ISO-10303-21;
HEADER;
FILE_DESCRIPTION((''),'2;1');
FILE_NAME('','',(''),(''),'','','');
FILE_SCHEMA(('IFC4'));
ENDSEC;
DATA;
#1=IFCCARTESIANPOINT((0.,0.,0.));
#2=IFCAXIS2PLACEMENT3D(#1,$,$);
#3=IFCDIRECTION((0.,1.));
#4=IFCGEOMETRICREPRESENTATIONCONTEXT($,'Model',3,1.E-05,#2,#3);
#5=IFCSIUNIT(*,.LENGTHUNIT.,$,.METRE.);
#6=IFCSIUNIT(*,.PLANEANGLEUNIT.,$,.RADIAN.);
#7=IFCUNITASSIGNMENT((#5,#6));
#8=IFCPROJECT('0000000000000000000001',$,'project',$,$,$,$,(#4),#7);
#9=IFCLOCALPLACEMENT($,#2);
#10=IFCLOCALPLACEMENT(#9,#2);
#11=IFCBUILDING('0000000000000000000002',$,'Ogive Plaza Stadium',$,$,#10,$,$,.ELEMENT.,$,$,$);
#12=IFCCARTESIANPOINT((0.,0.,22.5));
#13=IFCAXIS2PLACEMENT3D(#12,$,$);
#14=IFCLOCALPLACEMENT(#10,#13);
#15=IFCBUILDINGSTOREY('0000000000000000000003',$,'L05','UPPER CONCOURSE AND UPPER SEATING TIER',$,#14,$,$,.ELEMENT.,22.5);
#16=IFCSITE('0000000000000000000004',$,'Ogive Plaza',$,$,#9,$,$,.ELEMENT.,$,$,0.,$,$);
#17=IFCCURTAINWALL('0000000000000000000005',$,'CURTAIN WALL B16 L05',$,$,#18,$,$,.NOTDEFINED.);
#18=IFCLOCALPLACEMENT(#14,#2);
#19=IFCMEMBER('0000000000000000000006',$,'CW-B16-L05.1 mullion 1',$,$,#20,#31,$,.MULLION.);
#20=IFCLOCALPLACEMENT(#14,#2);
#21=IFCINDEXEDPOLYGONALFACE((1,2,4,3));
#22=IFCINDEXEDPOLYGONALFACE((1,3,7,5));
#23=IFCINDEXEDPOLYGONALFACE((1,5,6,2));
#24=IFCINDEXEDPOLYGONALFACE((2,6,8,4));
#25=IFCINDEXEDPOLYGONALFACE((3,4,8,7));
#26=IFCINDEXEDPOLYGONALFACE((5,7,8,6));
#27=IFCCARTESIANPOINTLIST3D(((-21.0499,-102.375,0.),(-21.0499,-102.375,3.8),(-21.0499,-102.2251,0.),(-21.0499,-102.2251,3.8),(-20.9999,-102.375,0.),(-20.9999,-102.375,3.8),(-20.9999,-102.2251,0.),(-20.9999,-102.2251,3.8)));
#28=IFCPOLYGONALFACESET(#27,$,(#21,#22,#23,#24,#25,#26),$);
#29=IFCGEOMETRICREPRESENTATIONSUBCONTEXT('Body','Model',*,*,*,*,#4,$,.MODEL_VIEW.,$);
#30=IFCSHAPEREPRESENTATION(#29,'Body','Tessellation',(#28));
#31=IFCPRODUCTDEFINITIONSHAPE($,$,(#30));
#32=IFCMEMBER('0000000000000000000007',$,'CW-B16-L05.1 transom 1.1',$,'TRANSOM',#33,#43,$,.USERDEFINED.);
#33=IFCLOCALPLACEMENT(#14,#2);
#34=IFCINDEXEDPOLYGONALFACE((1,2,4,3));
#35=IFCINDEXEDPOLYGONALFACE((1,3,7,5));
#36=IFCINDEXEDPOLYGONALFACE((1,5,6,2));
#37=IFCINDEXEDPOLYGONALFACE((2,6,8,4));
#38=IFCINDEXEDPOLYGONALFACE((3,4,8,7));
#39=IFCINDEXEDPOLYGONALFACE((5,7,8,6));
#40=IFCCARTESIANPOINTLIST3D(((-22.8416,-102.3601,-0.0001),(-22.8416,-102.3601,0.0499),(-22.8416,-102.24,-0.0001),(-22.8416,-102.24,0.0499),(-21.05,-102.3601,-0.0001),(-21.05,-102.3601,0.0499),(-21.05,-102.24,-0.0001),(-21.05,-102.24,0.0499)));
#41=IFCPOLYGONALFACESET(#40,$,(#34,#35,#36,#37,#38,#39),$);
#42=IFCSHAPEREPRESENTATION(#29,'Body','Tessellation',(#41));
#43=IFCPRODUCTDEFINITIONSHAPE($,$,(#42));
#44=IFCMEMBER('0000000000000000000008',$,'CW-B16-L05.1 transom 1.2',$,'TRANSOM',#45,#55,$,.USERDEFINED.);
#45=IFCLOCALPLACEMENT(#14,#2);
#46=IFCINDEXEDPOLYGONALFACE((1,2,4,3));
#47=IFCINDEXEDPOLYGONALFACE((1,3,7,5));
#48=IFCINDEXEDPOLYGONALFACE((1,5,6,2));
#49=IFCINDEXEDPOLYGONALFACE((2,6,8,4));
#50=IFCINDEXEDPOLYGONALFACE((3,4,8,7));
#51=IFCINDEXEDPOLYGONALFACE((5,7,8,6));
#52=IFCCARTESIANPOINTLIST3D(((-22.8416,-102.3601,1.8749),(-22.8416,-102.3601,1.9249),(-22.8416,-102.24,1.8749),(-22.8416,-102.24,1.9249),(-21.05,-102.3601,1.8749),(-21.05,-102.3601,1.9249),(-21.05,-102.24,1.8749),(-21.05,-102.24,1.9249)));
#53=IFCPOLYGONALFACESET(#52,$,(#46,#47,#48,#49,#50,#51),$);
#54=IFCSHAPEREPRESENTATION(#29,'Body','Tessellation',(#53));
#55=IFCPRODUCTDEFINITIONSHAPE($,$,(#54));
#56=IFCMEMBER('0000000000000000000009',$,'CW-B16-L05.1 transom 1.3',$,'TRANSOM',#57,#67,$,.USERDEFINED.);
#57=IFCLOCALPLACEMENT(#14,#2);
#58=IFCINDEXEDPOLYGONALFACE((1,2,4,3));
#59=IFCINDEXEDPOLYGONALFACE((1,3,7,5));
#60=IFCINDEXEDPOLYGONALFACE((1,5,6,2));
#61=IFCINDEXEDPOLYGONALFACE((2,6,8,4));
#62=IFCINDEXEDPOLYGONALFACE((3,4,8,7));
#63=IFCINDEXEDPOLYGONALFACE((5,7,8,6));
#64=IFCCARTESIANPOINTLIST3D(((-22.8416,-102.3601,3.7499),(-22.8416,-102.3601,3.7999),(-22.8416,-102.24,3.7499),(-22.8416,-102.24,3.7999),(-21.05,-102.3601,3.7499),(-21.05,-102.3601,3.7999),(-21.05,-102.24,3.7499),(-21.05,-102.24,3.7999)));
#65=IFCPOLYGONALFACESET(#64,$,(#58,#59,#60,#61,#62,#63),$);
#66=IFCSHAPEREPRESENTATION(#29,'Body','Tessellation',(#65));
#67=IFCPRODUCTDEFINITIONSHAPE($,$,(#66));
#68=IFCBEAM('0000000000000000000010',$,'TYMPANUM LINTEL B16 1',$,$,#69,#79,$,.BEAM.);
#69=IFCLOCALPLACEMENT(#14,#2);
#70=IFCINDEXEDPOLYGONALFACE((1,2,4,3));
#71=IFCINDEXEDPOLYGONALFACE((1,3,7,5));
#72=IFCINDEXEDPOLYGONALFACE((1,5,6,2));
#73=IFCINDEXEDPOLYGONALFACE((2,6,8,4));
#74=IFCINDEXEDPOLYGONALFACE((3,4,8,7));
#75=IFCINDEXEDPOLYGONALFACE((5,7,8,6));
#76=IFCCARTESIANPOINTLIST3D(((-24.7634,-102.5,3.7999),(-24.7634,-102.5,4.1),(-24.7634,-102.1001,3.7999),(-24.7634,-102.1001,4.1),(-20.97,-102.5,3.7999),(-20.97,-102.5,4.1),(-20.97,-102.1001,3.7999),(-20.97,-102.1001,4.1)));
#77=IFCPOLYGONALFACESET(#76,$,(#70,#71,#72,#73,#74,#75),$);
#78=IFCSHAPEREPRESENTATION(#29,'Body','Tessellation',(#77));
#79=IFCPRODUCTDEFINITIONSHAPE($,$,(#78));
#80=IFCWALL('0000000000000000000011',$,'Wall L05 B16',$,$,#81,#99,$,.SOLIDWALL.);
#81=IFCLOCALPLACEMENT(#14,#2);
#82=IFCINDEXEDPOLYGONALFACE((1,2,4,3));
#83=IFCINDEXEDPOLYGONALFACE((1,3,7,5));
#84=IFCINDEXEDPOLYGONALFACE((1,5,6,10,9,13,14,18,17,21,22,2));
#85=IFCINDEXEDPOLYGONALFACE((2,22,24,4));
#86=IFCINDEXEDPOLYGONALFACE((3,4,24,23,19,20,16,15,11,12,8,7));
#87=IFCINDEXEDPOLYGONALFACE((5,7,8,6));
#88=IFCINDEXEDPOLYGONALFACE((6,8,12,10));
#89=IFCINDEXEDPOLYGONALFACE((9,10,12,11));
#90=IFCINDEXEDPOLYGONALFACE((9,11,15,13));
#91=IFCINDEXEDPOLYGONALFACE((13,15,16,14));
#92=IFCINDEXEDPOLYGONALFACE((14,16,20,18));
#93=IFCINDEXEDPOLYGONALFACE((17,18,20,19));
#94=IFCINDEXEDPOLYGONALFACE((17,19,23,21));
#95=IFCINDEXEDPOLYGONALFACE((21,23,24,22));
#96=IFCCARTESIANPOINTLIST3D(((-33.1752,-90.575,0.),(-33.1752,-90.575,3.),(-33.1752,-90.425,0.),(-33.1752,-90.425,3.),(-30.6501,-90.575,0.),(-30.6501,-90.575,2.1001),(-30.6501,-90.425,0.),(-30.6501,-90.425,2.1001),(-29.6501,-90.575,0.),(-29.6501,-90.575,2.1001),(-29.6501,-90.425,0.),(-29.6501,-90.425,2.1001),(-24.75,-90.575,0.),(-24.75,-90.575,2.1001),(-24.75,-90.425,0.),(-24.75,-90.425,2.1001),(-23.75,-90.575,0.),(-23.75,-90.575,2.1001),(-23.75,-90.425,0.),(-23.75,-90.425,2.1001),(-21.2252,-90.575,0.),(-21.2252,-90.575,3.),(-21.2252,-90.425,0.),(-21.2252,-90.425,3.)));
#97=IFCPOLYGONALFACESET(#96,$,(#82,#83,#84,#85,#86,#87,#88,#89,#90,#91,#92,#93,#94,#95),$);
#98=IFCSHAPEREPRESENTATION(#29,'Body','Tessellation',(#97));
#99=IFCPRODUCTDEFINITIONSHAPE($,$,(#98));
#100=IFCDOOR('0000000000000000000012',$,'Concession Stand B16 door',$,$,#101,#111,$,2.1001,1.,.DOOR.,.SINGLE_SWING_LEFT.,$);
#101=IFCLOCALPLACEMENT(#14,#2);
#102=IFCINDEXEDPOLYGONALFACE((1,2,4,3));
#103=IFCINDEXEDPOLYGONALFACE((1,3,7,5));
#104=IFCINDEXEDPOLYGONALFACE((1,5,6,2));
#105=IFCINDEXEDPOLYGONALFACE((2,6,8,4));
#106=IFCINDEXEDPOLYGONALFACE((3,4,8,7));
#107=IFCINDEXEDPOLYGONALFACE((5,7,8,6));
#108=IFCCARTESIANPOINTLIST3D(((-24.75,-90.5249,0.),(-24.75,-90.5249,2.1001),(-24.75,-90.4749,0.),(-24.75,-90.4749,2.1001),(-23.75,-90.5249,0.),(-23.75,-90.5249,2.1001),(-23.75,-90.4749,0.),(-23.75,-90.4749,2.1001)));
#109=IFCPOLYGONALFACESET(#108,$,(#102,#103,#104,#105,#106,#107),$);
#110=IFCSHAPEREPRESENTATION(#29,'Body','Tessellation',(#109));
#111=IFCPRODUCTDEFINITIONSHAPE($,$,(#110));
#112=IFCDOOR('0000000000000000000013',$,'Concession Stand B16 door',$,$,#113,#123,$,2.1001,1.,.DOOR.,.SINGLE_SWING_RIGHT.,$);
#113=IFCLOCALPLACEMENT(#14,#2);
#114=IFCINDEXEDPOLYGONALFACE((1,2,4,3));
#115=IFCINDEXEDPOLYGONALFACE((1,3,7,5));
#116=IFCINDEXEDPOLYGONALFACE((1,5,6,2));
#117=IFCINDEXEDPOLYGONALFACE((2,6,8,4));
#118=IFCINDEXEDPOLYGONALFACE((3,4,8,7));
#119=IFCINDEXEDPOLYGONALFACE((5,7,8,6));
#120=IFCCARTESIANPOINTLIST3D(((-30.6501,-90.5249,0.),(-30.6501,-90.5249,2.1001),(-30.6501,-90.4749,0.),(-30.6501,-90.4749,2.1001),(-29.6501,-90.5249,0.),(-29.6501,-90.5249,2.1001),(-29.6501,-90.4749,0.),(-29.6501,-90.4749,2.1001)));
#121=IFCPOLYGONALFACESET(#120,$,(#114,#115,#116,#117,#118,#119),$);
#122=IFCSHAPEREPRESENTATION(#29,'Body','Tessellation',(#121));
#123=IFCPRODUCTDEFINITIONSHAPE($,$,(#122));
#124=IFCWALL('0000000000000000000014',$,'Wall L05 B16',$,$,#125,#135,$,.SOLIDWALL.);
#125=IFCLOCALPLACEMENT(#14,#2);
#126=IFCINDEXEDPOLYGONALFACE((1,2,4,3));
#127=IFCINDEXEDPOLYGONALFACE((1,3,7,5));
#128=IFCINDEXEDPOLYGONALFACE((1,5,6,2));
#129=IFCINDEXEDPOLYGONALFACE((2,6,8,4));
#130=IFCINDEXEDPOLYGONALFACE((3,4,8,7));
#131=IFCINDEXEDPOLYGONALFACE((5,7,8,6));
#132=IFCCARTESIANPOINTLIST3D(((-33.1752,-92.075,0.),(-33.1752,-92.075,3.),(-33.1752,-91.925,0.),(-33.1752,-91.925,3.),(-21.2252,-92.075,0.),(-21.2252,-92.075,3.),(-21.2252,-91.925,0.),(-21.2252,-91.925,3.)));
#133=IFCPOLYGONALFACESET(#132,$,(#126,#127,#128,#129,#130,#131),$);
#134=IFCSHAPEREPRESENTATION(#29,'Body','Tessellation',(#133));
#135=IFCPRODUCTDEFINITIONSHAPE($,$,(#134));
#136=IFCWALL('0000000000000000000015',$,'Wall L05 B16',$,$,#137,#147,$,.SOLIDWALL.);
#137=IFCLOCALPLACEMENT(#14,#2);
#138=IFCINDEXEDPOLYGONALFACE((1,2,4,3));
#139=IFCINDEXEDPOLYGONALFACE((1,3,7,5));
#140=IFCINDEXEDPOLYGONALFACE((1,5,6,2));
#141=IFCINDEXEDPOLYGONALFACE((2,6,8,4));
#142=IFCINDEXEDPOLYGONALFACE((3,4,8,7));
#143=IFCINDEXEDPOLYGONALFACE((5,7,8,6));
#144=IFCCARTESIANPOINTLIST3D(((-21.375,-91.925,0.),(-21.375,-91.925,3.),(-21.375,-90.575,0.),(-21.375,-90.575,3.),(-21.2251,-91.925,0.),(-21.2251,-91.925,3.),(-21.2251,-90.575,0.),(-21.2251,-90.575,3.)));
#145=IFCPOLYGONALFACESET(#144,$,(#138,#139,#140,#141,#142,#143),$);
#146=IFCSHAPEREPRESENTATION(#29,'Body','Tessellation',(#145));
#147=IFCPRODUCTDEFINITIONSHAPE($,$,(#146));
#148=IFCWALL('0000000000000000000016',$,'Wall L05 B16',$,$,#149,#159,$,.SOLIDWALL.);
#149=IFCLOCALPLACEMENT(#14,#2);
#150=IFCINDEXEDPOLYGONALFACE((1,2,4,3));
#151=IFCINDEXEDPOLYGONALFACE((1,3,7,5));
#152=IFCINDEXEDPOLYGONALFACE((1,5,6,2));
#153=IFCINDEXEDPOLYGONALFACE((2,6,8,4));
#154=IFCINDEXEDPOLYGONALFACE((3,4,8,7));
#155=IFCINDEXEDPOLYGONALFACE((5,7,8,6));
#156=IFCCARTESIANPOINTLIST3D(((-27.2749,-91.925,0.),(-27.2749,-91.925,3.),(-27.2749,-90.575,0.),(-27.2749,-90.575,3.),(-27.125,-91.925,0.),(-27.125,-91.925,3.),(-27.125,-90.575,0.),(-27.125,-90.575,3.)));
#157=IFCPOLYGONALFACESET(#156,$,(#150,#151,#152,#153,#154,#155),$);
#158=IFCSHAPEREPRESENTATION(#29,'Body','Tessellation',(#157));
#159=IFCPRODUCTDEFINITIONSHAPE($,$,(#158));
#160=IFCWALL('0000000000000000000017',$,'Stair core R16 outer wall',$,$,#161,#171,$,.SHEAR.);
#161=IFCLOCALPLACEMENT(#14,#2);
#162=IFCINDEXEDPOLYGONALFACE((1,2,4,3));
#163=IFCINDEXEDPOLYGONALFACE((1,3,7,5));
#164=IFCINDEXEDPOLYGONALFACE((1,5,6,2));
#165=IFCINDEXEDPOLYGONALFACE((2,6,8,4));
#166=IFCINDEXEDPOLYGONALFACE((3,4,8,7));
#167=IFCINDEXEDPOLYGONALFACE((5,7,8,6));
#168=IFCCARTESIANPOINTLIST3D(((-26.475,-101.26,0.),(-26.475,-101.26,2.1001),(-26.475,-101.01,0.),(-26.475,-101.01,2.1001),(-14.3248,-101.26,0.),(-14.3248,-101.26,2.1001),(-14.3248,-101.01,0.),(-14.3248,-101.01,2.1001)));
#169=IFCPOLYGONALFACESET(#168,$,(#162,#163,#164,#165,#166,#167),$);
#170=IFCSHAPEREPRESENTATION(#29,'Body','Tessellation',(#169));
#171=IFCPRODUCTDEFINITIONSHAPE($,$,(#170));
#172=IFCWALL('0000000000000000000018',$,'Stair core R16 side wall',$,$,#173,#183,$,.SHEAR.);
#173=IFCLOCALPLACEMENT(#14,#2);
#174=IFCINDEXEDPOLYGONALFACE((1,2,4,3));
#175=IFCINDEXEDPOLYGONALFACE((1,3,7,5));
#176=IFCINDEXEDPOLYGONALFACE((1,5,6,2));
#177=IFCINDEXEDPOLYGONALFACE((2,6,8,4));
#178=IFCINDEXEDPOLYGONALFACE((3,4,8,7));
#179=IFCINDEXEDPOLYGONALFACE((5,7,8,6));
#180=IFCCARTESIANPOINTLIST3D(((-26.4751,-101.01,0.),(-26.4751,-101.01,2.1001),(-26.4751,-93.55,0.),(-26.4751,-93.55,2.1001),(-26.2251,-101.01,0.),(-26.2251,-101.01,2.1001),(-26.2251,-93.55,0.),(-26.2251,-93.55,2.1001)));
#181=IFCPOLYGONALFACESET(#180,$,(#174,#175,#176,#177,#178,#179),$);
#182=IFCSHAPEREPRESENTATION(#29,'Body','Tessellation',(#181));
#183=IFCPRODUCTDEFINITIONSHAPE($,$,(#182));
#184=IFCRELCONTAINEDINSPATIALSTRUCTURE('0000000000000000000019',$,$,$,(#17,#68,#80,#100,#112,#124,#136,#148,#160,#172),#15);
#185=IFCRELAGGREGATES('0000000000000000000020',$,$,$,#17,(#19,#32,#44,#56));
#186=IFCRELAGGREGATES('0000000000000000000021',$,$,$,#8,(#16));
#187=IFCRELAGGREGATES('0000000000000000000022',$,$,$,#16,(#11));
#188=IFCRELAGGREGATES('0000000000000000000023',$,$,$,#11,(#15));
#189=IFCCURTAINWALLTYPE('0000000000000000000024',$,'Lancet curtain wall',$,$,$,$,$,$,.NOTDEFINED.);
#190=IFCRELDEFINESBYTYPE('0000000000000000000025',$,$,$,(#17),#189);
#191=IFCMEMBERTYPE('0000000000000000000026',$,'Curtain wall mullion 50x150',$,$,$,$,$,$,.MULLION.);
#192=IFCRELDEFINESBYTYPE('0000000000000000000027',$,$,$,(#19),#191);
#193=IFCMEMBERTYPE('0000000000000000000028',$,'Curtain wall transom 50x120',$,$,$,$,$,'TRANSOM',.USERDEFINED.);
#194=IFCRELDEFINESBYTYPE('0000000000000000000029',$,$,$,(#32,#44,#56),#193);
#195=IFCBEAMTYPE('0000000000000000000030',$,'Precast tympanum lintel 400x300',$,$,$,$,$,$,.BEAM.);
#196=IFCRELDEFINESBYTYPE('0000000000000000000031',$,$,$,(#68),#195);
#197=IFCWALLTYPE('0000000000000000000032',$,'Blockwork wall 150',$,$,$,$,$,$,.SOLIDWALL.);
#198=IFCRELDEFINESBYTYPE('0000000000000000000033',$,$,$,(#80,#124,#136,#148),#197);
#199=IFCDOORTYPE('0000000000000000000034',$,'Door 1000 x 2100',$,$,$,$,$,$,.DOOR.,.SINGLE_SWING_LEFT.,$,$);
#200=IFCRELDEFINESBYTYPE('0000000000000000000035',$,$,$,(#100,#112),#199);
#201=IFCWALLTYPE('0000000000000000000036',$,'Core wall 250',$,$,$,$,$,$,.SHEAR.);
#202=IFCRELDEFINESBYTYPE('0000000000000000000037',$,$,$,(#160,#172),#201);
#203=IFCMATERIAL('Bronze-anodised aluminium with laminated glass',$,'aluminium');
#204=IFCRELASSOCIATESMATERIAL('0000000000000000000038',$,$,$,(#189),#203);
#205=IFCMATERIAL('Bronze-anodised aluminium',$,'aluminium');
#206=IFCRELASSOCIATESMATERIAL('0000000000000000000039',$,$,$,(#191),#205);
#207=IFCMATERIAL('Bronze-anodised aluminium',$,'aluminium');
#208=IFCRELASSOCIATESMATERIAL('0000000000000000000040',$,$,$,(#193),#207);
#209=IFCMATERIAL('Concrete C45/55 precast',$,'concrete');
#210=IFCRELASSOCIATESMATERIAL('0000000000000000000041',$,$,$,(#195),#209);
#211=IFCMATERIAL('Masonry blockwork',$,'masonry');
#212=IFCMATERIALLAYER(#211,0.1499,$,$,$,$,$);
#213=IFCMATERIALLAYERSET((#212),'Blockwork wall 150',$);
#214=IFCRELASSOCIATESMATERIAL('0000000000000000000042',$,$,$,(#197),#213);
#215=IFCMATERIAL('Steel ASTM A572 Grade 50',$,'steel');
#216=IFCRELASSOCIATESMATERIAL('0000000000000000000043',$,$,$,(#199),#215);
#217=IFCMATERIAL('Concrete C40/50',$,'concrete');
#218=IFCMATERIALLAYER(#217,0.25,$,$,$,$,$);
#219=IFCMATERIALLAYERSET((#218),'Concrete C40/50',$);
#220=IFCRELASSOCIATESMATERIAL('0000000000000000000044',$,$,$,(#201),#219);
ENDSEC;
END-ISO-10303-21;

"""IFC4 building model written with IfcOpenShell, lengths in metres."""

from ifc_helpers import new_model, si_unit, direction, frame, frame_2d, origin, origin_2d, place, context, subcontext, project, spatial, rectangle, extrude, material, layer, layer_set, material_profile, profile_set, type_object, element, fill, aggregate, save


model = new_model("IFC4")

# Units and contexts
model_context = context("Model", 3, precision=1e-05, world=origin(), true_north=direction((0.0, 1.0)))
body_context = subcontext(model_context, "Body", "Model", "MODEL_VIEW")
ifc_project = project(units=[si_unit("LENGTHUNIT", "METRE"), si_unit("PLANEANGLEUNIT", "RADIAN")], contexts=[model_context])

# Site, building, storey
site_placement = place(None, origin())
site = spatial("IfcSite", under=ifc_project, at=site_placement, Name="Ogive Plaza", CompositionType="ELEMENT", RefElevation=0.0)
building_placement = place(site_placement, origin())
building = spatial("IfcBuilding", under=site, at=building_placement, Name="Ogive Plaza Stadium", CompositionType="ELEMENT")
storey_placement = place(building_placement, frame((0.0, 0.0, 22.5)))
storey = spatial("IfcBuildingStorey", under=building, at=storey_placement, Name="L05", Description="UPPER CONCOURSE AND UPPER SEATING TIER", CompositionType="ELEMENT", Elevation=22.5)

# Curtain wall, members
ifc_material_1 = material(Name="Bronze-anodised aluminium with laminated glass", Category="aluminium")
curtain_wall_type = type_object("IfcCurtainWallType", Name="Lancet curtain wall", PredefinedType="NOTDEFINED", material=ifc_material_1)
curtain_wall_placement = place(storey_placement, origin())
curtain_wall = element("IfcCurtainWall", 1, at=curtain_wall_placement, inside=storey, type_object=curtain_wall_type, Name="CURTAIN WALL B16 L05", PredefinedType="NOTDEFINED")
ifc_material_2 = material(Name="Bronze-anodised aluminium", Category="aluminium")
ifc_material_profile_1 = material_profile(ifc_material_2, rectangle(XDim=0.1499, YDim=0.05, at=origin_2d()), Name="AL 150x50")
ifc_profile_set_1 = profile_set([ifc_material_profile_1], Name="Bronze-anodised aluminium")
member_type_1 = type_object("IfcMemberType", Name="Curtain wall mullion 50x150", PredefinedType="MULLION", material=ifc_profile_set_1)
member_1_placement = place(storey_placement, frame((-21.0249, -102.3, 0.0), z_axis=(0.0, 0.0, 1.0), x_axis=(0.0, -1.0, 0.0)))
member_1 = element("IfcMember", 2, at=member_1_placement, type_object=member_type_1, Name="CW-B16-L05.1 mullion 1", PredefinedType="MULLION", context=body_context, shape_type="SweptSolid", body=[
    extrude(rectangle(XDim=0.1499, YDim=0.05, at=origin_2d()), origin(), (0.0, 0.0, 1.0), 3.8),
])
ifc_material_3 = material(Name="Bronze-anodised aluminium", Category="aluminium")
ifc_material_profile_2 = material_profile(ifc_material_3, rectangle(XDim=0.1201, YDim=0.05, at=origin_2d()), Name="AL 120x50")
ifc_profile_set_2 = profile_set([ifc_material_profile_2], Name="Bronze-anodised aluminium")
member_type_2 = type_object("IfcMemberType", Name="Curtain wall transom 50x120", ElementType="TRANSOM", PredefinedType="USERDEFINED", material=ifc_profile_set_2)
member_2_placement = place(storey_placement, frame((-21.05, -102.3, 0.0249), z_axis=(-1.0, 0.0, 0.0), x_axis=(0.0, -1.0, 0.0)))
member_2 = element("IfcMember", 3, at=member_2_placement, type_object=member_type_2, Name="CW-B16-L05.1 transom 1.1", ObjectType="TRANSOM", PredefinedType="USERDEFINED", context=body_context, shape_type="SweptSolid", body=[
    extrude(rectangle(XDim=0.1201, YDim=0.05, at=origin_2d()), origin(), (0.0, 0.0, 1.0), 1.7915),
])
member_3_placement = place(storey_placement, frame((-21.05, -102.3, 1.8999), z_axis=(-1.0, 0.0, 0.0), x_axis=(0.0, -1.0, 0.0)))
member_3 = element("IfcMember", 4, at=member_3_placement, type_object=member_type_2, Name="CW-B16-L05.1 transom 1.2", ObjectType="TRANSOM", PredefinedType="USERDEFINED", context=body_context, shape_type="SweptSolid", body=[
    extrude(rectangle(XDim=0.1201, YDim=0.05, at=origin_2d()), origin(), (0.0, 0.0, 1.0), 1.7915),
])
member_4_placement = place(storey_placement, frame((-21.05, -102.3, 3.7749), z_axis=(-1.0, 0.0, 0.0), x_axis=(0.0, -1.0, 0.0)))
member_4 = element("IfcMember", 5, at=member_4_placement, type_object=member_type_2, Name="CW-B16-L05.1 transom 1.3", ObjectType="TRANSOM", PredefinedType="USERDEFINED", context=body_context, shape_type="SweptSolid", body=[
    extrude(rectangle(XDim=0.1201, YDim=0.05, at=origin_2d()), origin(), (0.0, 0.0, 1.0), 1.7915),
])
aggregate(curtain_wall, [member_1, member_2, member_3, member_4])

# Beam
ifc_material_4 = material(Name="Concrete C45/55 precast", Category="concrete")
ifc_material_profile_3 = material_profile(ifc_material_4, rectangle(XDim=0.3999, YDim=0.3, at=origin_2d()), Name="RC 400x300")
ifc_profile_set_3 = profile_set([ifc_material_profile_3], Name="Concrete C45/55 precast")
beam_type = type_object("IfcBeamType", Name="Precast tympanum lintel 400x300", PredefinedType="BEAM", material=ifc_profile_set_3)
beam_placement = place(storey_placement, frame((-20.97, -102.3, 3.95), z_axis=(-1.0, 0.0, 0.0), x_axis=(0.0, -1.0, 0.0)))
element("IfcBeam", 6, at=beam_placement, inside=storey, type_object=beam_type, Name="TYMPANUM LINTEL B16 1", PredefinedType="BEAM", context=body_context, shape_type="SweptSolid", body=[
    extrude(rectangle(XDim=0.3999, YDim=0.3, at=origin_2d()), origin(), (0.0, 0.0, 1.0), 3.7935),
])

# Wall, openings, doors
ifc_material_5 = material(Name="Masonry blockwork", Category="masonry")
ifc_layer_1 = layer(ifc_material_5, 0.1499)
ifc_layer_set_1 = layer_set([ifc_layer_1], Name="Blockwork wall 150")
wall_type_1 = type_object("IfcWallType", Name="Blockwork wall 150", PredefinedType="SOLIDWALL", material=ifc_layer_set_1)
wall_1_placement = place(storey_placement, frame((-21.2251, -90.5, 0.0), z_axis=(0.0, 0.0, 1.0), x_axis=(-1.0, 0.0, 0.0)))
wall_1 = element("IfcWall", 7, at=wall_1_placement, inside=storey, type_object=wall_type_1, Name="Wall L05 B16", PredefinedType="SOLIDWALL", context=body_context, shape_type="SweptSolid", body=[
    extrude(rectangle(XDim=11.95, YDim=0.1499, at=frame_2d((5.9751, 0.0))), origin(), (0.0, 0.0, 1.0), 3.0),
])
opening_1_placement = place(wall_1_placement, frame((2.5249, 0.0, 0.0)))
opening_1 = element("IfcOpeningElement", 8, at=opening_1_placement, cuts=wall_1, PredefinedType="OPENING", context=body_context, shape_type="SweptSolid", body=[
    extrude(rectangle(XDim=1.0, YDim=2.1001, at=frame_2d((0.5, 1.05))), frame((0.0, 0.075, 0.0), z_axis=(0.0, -1.0, 0.0), x_axis=(1.0, 0.0, 0.0)), (0.0, 0.0, 1.0), 0.1499),
])
opening_2_placement = place(wall_1_placement, frame((8.425, 0.0, 0.0)))
opening_2 = element("IfcOpeningElement", 9, at=opening_2_placement, cuts=wall_1, PredefinedType="OPENING", context=body_context, shape_type="SweptSolid", body=[
    extrude(rectangle(XDim=1.0, YDim=2.1001, at=frame_2d((0.5, 1.05))), frame((0.0, 0.075, 0.0), z_axis=(0.0, -1.0, 0.0), x_axis=(1.0, 0.0, 0.0)), (0.0, 0.0, 1.0), 0.1499),
])
ifc_material_6 = material(Name="Steel ASTM A572 Grade 50", Category="steel")
door_type_1 = type_object("IfcDoorType", Name="Door 1000 x 2100", OperationType="SINGLE_SWING_LEFT", PredefinedType="DOOR", material=ifc_material_6)
door_1_placement = place(opening_1_placement, origin())
door_1 = element("IfcDoor", 10, at=door_1_placement, inside=storey, type_object=door_type_1, Name="Concession Stand B16 door", OperationType="SINGLE_SWING_LEFT", OverallHeight=2.1001, OverallWidth=1.0, PredefinedType="DOOR", context=body_context, shape_type="SweptSolid", body=[
    extrude(rectangle(XDim=1.0, YDim=2.1001, at=frame_2d((0.5, 1.05))), frame((0.0, 0.0249, 0.0), z_axis=(0.0, -1.0, 0.0), x_axis=(1.0, 0.0, 0.0)), (0.0, 0.0, 1.0), 0.05),
])
fill(opening_1, door_1)
door_2_placement = place(opening_2_placement, origin())
door_2 = element("IfcDoor", 11, at=door_2_placement, inside=storey, type_object=door_type_1, Name="Concession Stand B16 door", OperationType="SINGLE_SWING_RIGHT", OverallHeight=2.1001, OverallWidth=1.0, PredefinedType="DOOR", context=body_context, shape_type="SweptSolid", body=[
    extrude(rectangle(XDim=1.0, YDim=2.1001, at=frame_2d((0.5, 1.05))), frame((0.0, 0.0249, 0.0), z_axis=(0.0, -1.0, 0.0), x_axis=(1.0, 0.0, 0.0)), (0.0, 0.0, 1.0), 0.05),
])
fill(opening_2, door_2)

# Walls
wall_2_placement = place(storey_placement, frame((-21.2251, -92.0, 0.0), z_axis=(0.0, 0.0, 1.0), x_axis=(-1.0, 0.0, 0.0)))
element("IfcWall", 12, at=wall_2_placement, inside=storey, type_object=wall_type_1, Name="Wall L05 B16", PredefinedType="SOLIDWALL", context=body_context, shape_type="SweptSolid", body=[
    extrude(rectangle(XDim=11.95, YDim=0.1499, at=frame_2d((5.9751, 0.0))), origin(), (0.0, 0.0, 1.0), 3.0),
])
for number, where, z_axis, x_axis, name in (
    (13, (-21.3, -90.575, 0.0), (0.0, 0.0, 1.0), (0.0, -1.0, 0.0), "Wall L05 B16"),
    (14, (-27.2, -90.575, 0.0), (0.0, 0.0, 1.0), (0.0, -1.0, 0.0), "Wall L05 B16"),
):
    element("IfcWall", number, at=place(storey_placement, frame(where, z_axis=z_axis, x_axis=x_axis)), inside=storey, type_object=wall_type_1, Name=name, PredefinedType="SOLIDWALL", context=body_context, shape_type="SweptSolid", body=[
        extrude(rectangle(XDim=1.3501, YDim=0.1499, at=frame_2d((0.675, 0.0))), origin(), (0.0, 0.0, 1.0), 3.0),
    ])

# Shared definitions
ifc_material_7 = material(Name="Concrete C40/50", Category="concrete")
ifc_layer_2 = layer(ifc_material_7, 0.25)
ifc_layer_set_2 = layer_set([ifc_layer_2], Name="Concrete C40/50")
wall_type_2 = type_object("IfcWallType", Name="Core wall 250", PredefinedType="SHEAR", material=ifc_layer_set_2)

# Walls
wall_3_placement = place(storey_placement, frame((-26.4751, -101.135, 0.0), z_axis=(0.0, 0.0, 1.0), x_axis=(1.0, 0.0, 0.0)))
element("IfcWall", 15, at=wall_3_placement, inside=storey, type_object=wall_type_2, Name="Stair core R16 outer wall", PredefinedType="SHEAR", context=body_context, shape_type="SweptSolid", body=[
    extrude(rectangle(XDim=12.1501, YDim=0.25, at=frame_2d((6.0752, 0.0))), origin(), (0.0, 0.0, 1.0), 2.1001),
])
wall_4_placement = place(storey_placement, frame((-26.3501, -93.55, 0.0), z_axis=(0.0, 0.0, 1.0), x_axis=(0.0, -1.0, 0.0)))
element("IfcWall", 16, at=wall_4_placement, inside=storey, type_object=wall_type_2, Name="Stair core R16 side wall", PredefinedType="SHEAR", context=body_context, shape_type="SweptSolid", body=[
    extrude(rectangle(XDim=7.46, YDim=0.25, at=frame_2d((3.73, 0.0))), origin(), (0.0, 0.0, 1.0), 2.1001),
])

save(model, "model.ifc")
